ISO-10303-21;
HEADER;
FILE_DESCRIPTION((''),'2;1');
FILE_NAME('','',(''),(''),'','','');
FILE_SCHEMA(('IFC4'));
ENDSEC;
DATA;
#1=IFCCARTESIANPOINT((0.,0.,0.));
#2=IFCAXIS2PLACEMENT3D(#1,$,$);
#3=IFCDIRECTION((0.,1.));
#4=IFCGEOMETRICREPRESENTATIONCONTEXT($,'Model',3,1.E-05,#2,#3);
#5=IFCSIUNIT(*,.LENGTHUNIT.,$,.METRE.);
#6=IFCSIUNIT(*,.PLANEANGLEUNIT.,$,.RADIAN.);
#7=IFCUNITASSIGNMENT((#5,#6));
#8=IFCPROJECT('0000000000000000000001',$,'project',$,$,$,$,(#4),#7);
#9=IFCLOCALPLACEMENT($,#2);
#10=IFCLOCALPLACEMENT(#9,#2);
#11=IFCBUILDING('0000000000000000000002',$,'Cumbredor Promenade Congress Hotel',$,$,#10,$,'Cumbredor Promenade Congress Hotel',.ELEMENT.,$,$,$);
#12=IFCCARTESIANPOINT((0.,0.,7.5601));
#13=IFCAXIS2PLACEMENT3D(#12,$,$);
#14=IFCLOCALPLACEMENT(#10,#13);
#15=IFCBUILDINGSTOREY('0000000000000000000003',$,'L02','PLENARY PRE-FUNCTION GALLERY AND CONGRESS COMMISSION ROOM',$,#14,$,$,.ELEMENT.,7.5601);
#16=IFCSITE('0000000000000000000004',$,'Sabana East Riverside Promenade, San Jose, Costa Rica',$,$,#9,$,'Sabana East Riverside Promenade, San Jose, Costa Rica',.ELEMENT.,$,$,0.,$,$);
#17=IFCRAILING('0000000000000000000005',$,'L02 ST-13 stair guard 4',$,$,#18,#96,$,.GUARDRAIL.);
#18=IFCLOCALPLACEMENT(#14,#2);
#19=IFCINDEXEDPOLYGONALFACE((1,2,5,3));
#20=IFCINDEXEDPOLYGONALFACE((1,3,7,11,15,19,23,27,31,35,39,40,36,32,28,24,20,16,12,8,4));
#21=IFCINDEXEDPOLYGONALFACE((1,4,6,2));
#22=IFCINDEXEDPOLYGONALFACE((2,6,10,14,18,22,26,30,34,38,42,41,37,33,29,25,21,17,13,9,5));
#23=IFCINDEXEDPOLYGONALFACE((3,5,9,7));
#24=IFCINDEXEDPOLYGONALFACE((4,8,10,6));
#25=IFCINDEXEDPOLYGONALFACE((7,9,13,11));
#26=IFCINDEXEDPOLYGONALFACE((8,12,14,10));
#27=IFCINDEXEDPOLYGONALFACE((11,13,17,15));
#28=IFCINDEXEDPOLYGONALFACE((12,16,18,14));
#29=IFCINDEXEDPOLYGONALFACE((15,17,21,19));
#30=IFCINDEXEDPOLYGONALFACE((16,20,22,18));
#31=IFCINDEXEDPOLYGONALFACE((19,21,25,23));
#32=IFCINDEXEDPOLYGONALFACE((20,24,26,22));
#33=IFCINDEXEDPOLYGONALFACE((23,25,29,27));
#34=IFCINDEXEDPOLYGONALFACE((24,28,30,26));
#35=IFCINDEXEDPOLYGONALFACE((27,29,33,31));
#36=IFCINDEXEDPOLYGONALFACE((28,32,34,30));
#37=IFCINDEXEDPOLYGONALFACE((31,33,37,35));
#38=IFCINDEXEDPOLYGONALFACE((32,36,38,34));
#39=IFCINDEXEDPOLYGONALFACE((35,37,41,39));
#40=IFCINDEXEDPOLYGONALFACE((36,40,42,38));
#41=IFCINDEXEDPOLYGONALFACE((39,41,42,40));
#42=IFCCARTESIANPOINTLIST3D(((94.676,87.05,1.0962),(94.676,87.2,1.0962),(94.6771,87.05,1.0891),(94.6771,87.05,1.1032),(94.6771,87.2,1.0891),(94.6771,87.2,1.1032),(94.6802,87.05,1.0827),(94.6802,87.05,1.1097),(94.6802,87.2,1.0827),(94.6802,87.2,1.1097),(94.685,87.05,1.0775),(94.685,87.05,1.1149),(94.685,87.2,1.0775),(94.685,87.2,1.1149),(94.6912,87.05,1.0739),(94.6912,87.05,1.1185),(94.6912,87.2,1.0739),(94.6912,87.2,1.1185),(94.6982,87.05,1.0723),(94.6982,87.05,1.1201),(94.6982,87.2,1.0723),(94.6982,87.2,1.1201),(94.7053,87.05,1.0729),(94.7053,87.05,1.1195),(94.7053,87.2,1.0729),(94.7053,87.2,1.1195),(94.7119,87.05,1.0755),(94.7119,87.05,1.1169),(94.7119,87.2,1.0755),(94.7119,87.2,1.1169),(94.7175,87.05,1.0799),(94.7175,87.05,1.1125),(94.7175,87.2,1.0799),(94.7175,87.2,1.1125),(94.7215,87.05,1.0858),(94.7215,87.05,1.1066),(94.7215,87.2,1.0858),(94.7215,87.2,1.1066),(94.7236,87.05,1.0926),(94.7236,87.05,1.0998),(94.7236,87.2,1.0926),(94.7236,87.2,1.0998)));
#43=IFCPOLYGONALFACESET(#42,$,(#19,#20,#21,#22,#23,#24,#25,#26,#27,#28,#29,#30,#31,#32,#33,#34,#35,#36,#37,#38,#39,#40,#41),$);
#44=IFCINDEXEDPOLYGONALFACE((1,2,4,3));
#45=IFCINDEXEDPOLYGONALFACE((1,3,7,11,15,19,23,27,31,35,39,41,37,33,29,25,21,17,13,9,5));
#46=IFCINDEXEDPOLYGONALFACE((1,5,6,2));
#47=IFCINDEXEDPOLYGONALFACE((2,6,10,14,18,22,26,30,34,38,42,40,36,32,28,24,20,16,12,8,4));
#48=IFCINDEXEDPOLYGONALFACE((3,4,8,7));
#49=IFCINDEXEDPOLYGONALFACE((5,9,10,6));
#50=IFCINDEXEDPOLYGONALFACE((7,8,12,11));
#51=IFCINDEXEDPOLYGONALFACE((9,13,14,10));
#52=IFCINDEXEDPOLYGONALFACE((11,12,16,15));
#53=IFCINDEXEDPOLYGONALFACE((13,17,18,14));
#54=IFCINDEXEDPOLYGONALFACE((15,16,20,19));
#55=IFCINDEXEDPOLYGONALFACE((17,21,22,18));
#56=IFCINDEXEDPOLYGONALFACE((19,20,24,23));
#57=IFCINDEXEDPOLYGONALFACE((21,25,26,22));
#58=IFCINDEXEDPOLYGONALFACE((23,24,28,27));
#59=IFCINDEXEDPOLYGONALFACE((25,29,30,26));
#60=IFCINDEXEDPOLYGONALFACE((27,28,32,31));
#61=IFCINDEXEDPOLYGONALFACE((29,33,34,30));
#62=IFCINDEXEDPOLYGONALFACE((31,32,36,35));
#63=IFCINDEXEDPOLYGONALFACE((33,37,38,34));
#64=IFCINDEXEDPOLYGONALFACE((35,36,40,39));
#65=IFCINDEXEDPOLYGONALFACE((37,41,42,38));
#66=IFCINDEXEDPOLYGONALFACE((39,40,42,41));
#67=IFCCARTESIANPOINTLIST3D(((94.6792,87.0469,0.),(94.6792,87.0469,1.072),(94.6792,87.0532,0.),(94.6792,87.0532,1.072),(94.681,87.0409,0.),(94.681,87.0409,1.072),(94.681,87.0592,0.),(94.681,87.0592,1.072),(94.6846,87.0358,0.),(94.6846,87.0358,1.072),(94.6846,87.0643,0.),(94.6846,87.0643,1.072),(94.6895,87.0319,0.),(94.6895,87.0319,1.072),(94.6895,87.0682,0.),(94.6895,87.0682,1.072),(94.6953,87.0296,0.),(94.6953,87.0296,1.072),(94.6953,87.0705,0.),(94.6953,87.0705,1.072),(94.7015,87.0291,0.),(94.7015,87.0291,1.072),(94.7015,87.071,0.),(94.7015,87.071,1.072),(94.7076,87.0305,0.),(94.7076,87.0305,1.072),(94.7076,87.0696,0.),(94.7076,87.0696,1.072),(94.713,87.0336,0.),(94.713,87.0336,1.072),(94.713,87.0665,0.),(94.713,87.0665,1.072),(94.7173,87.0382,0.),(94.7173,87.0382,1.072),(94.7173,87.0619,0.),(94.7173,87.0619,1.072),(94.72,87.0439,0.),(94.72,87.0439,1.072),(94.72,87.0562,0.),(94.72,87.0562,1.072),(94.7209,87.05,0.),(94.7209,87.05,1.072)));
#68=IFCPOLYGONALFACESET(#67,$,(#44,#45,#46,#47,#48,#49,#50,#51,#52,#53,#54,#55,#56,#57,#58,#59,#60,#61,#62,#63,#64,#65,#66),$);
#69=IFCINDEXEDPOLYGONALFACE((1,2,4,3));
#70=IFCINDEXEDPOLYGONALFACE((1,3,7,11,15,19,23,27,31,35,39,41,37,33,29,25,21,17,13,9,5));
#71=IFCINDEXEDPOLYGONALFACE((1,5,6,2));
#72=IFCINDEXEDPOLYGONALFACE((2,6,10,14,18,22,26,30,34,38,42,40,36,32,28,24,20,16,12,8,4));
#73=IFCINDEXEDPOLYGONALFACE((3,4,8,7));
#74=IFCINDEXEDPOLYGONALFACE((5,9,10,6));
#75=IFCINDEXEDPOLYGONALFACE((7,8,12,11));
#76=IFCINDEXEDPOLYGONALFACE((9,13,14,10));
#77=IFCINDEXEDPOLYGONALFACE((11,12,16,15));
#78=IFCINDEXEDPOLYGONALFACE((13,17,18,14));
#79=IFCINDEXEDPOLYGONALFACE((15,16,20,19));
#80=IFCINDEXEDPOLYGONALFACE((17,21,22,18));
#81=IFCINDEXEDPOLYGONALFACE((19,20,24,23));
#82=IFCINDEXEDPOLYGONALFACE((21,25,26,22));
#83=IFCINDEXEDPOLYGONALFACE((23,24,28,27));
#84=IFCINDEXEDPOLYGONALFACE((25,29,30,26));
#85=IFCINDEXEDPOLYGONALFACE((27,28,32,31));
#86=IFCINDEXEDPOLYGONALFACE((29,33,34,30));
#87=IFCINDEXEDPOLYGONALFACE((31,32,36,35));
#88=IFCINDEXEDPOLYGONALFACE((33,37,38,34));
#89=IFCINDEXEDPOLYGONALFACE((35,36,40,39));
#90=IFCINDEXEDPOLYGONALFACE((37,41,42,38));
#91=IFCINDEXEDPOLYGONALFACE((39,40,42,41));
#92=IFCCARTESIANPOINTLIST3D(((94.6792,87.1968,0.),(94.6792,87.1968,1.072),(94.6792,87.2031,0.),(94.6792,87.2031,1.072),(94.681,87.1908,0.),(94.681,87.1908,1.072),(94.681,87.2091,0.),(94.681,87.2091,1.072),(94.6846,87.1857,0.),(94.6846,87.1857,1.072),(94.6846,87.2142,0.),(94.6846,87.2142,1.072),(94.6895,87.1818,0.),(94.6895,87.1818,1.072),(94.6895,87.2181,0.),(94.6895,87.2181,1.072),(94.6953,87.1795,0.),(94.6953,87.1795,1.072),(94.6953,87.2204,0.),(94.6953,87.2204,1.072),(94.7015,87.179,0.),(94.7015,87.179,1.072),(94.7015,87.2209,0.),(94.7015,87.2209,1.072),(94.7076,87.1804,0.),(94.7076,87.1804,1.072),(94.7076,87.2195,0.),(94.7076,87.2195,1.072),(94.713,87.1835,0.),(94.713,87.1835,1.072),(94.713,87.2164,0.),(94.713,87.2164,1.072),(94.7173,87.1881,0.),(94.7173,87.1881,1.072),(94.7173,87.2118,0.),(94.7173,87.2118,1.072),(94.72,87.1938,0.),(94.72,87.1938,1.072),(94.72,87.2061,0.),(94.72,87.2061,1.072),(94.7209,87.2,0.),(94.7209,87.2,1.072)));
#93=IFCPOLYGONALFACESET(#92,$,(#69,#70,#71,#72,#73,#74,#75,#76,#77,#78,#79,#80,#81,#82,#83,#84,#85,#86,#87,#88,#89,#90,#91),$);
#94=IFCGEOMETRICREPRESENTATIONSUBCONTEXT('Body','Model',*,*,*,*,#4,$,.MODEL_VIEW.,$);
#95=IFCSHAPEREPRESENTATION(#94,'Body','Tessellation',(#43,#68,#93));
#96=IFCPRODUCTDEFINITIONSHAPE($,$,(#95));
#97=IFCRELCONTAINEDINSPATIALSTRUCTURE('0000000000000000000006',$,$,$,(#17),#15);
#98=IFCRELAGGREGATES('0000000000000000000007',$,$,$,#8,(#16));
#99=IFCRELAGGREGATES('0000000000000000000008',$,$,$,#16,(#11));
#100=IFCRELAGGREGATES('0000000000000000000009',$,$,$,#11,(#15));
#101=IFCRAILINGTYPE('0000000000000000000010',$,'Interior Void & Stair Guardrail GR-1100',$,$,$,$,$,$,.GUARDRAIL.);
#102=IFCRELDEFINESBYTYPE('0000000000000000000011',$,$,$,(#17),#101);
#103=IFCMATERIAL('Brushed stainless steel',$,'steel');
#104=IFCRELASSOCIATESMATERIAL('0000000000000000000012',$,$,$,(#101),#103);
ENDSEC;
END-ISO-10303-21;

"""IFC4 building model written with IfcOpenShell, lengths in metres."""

from ifc_helpers import new_model, si_unit, direction, frame, origin, origin_2d, place, context, subcontext, project, spatial, circle, extrude, material, type_object, element, save


model = new_model("IFC4")

# Units and contexts
model_context = context("Model", 3, precision=1e-05, world=origin(), true_north=direction((0.0, 1.0)))
body_context = subcontext(model_context, "Body", "Model", "MODEL_VIEW")
ifc_project = project(units=[si_unit("LENGTHUNIT", "METRE"), si_unit("PLANEANGLEUNIT", "RADIAN")], contexts=[model_context])

# Site, building, storey
site_placement = place(None, origin())
site = spatial("IfcSite", under=ifc_project, at=site_placement, Name="Sabana East Riverside Promenade, San Jose, Costa Rica", LongName="Sabana East Riverside Promenade, San Jose, Costa Rica", CompositionType="ELEMENT", RefElevation=0.0)
building_placement = place(site_placement, origin())
building = spatial("IfcBuilding", under=site, at=building_placement, Name="Cumbredor Promenade Congress Hotel", LongName="Cumbredor Promenade Congress Hotel", CompositionType="ELEMENT")
storey_placement = place(building_placement, frame((0.0, 0.0, 7.5601)))
storey = spatial("IfcBuildingStorey", under=building, at=storey_placement, Name="L02", Description="PLENARY PRE-FUNCTION GALLERY AND CONGRESS COMMISSION ROOM", CompositionType="ELEMENT", Elevation=7.5601)

# Railing
ifc_material_1 = material(Name="Brushed stainless steel", Category="steel")
railing_type_1 = type_object("IfcRailingType", Name="Interior Void & Stair Guardrail GR-1100", PredefinedType="GUARDRAIL", material=ifc_material_1)
railing_1_placement = place(storey_placement, frame((94.7, 87.05, 0.0)))
element("IfcRailing", 1, at=railing_1_placement, inside=storey, type_object=railing_type_1, Name="L02 ST-13 stair guard 4", PredefinedType="GUARDRAIL", context=body_context, shape_type="SweptSolid", body=[
    extrude(circle(Radius=0.0239, at=origin_2d()), frame((0.0, 0.0, 1.0962), z_axis=(0.0, 1.0, 0.0), x_axis=(-1.0, 0.0, 0.0)), (0.0, 0.0, 1.0), 0.1499),
    extrude(circle(Radius=0.021, at=origin_2d()), origin(), (0.0, 0.0, 1.0), 1.072),
    extrude(circle(Radius=0.021, at=origin_2d()), frame((0.0, 0.1499, 0.0)), (0.0, 0.0, 1.0), 1.072),
])

save(model, "model.ifc")
